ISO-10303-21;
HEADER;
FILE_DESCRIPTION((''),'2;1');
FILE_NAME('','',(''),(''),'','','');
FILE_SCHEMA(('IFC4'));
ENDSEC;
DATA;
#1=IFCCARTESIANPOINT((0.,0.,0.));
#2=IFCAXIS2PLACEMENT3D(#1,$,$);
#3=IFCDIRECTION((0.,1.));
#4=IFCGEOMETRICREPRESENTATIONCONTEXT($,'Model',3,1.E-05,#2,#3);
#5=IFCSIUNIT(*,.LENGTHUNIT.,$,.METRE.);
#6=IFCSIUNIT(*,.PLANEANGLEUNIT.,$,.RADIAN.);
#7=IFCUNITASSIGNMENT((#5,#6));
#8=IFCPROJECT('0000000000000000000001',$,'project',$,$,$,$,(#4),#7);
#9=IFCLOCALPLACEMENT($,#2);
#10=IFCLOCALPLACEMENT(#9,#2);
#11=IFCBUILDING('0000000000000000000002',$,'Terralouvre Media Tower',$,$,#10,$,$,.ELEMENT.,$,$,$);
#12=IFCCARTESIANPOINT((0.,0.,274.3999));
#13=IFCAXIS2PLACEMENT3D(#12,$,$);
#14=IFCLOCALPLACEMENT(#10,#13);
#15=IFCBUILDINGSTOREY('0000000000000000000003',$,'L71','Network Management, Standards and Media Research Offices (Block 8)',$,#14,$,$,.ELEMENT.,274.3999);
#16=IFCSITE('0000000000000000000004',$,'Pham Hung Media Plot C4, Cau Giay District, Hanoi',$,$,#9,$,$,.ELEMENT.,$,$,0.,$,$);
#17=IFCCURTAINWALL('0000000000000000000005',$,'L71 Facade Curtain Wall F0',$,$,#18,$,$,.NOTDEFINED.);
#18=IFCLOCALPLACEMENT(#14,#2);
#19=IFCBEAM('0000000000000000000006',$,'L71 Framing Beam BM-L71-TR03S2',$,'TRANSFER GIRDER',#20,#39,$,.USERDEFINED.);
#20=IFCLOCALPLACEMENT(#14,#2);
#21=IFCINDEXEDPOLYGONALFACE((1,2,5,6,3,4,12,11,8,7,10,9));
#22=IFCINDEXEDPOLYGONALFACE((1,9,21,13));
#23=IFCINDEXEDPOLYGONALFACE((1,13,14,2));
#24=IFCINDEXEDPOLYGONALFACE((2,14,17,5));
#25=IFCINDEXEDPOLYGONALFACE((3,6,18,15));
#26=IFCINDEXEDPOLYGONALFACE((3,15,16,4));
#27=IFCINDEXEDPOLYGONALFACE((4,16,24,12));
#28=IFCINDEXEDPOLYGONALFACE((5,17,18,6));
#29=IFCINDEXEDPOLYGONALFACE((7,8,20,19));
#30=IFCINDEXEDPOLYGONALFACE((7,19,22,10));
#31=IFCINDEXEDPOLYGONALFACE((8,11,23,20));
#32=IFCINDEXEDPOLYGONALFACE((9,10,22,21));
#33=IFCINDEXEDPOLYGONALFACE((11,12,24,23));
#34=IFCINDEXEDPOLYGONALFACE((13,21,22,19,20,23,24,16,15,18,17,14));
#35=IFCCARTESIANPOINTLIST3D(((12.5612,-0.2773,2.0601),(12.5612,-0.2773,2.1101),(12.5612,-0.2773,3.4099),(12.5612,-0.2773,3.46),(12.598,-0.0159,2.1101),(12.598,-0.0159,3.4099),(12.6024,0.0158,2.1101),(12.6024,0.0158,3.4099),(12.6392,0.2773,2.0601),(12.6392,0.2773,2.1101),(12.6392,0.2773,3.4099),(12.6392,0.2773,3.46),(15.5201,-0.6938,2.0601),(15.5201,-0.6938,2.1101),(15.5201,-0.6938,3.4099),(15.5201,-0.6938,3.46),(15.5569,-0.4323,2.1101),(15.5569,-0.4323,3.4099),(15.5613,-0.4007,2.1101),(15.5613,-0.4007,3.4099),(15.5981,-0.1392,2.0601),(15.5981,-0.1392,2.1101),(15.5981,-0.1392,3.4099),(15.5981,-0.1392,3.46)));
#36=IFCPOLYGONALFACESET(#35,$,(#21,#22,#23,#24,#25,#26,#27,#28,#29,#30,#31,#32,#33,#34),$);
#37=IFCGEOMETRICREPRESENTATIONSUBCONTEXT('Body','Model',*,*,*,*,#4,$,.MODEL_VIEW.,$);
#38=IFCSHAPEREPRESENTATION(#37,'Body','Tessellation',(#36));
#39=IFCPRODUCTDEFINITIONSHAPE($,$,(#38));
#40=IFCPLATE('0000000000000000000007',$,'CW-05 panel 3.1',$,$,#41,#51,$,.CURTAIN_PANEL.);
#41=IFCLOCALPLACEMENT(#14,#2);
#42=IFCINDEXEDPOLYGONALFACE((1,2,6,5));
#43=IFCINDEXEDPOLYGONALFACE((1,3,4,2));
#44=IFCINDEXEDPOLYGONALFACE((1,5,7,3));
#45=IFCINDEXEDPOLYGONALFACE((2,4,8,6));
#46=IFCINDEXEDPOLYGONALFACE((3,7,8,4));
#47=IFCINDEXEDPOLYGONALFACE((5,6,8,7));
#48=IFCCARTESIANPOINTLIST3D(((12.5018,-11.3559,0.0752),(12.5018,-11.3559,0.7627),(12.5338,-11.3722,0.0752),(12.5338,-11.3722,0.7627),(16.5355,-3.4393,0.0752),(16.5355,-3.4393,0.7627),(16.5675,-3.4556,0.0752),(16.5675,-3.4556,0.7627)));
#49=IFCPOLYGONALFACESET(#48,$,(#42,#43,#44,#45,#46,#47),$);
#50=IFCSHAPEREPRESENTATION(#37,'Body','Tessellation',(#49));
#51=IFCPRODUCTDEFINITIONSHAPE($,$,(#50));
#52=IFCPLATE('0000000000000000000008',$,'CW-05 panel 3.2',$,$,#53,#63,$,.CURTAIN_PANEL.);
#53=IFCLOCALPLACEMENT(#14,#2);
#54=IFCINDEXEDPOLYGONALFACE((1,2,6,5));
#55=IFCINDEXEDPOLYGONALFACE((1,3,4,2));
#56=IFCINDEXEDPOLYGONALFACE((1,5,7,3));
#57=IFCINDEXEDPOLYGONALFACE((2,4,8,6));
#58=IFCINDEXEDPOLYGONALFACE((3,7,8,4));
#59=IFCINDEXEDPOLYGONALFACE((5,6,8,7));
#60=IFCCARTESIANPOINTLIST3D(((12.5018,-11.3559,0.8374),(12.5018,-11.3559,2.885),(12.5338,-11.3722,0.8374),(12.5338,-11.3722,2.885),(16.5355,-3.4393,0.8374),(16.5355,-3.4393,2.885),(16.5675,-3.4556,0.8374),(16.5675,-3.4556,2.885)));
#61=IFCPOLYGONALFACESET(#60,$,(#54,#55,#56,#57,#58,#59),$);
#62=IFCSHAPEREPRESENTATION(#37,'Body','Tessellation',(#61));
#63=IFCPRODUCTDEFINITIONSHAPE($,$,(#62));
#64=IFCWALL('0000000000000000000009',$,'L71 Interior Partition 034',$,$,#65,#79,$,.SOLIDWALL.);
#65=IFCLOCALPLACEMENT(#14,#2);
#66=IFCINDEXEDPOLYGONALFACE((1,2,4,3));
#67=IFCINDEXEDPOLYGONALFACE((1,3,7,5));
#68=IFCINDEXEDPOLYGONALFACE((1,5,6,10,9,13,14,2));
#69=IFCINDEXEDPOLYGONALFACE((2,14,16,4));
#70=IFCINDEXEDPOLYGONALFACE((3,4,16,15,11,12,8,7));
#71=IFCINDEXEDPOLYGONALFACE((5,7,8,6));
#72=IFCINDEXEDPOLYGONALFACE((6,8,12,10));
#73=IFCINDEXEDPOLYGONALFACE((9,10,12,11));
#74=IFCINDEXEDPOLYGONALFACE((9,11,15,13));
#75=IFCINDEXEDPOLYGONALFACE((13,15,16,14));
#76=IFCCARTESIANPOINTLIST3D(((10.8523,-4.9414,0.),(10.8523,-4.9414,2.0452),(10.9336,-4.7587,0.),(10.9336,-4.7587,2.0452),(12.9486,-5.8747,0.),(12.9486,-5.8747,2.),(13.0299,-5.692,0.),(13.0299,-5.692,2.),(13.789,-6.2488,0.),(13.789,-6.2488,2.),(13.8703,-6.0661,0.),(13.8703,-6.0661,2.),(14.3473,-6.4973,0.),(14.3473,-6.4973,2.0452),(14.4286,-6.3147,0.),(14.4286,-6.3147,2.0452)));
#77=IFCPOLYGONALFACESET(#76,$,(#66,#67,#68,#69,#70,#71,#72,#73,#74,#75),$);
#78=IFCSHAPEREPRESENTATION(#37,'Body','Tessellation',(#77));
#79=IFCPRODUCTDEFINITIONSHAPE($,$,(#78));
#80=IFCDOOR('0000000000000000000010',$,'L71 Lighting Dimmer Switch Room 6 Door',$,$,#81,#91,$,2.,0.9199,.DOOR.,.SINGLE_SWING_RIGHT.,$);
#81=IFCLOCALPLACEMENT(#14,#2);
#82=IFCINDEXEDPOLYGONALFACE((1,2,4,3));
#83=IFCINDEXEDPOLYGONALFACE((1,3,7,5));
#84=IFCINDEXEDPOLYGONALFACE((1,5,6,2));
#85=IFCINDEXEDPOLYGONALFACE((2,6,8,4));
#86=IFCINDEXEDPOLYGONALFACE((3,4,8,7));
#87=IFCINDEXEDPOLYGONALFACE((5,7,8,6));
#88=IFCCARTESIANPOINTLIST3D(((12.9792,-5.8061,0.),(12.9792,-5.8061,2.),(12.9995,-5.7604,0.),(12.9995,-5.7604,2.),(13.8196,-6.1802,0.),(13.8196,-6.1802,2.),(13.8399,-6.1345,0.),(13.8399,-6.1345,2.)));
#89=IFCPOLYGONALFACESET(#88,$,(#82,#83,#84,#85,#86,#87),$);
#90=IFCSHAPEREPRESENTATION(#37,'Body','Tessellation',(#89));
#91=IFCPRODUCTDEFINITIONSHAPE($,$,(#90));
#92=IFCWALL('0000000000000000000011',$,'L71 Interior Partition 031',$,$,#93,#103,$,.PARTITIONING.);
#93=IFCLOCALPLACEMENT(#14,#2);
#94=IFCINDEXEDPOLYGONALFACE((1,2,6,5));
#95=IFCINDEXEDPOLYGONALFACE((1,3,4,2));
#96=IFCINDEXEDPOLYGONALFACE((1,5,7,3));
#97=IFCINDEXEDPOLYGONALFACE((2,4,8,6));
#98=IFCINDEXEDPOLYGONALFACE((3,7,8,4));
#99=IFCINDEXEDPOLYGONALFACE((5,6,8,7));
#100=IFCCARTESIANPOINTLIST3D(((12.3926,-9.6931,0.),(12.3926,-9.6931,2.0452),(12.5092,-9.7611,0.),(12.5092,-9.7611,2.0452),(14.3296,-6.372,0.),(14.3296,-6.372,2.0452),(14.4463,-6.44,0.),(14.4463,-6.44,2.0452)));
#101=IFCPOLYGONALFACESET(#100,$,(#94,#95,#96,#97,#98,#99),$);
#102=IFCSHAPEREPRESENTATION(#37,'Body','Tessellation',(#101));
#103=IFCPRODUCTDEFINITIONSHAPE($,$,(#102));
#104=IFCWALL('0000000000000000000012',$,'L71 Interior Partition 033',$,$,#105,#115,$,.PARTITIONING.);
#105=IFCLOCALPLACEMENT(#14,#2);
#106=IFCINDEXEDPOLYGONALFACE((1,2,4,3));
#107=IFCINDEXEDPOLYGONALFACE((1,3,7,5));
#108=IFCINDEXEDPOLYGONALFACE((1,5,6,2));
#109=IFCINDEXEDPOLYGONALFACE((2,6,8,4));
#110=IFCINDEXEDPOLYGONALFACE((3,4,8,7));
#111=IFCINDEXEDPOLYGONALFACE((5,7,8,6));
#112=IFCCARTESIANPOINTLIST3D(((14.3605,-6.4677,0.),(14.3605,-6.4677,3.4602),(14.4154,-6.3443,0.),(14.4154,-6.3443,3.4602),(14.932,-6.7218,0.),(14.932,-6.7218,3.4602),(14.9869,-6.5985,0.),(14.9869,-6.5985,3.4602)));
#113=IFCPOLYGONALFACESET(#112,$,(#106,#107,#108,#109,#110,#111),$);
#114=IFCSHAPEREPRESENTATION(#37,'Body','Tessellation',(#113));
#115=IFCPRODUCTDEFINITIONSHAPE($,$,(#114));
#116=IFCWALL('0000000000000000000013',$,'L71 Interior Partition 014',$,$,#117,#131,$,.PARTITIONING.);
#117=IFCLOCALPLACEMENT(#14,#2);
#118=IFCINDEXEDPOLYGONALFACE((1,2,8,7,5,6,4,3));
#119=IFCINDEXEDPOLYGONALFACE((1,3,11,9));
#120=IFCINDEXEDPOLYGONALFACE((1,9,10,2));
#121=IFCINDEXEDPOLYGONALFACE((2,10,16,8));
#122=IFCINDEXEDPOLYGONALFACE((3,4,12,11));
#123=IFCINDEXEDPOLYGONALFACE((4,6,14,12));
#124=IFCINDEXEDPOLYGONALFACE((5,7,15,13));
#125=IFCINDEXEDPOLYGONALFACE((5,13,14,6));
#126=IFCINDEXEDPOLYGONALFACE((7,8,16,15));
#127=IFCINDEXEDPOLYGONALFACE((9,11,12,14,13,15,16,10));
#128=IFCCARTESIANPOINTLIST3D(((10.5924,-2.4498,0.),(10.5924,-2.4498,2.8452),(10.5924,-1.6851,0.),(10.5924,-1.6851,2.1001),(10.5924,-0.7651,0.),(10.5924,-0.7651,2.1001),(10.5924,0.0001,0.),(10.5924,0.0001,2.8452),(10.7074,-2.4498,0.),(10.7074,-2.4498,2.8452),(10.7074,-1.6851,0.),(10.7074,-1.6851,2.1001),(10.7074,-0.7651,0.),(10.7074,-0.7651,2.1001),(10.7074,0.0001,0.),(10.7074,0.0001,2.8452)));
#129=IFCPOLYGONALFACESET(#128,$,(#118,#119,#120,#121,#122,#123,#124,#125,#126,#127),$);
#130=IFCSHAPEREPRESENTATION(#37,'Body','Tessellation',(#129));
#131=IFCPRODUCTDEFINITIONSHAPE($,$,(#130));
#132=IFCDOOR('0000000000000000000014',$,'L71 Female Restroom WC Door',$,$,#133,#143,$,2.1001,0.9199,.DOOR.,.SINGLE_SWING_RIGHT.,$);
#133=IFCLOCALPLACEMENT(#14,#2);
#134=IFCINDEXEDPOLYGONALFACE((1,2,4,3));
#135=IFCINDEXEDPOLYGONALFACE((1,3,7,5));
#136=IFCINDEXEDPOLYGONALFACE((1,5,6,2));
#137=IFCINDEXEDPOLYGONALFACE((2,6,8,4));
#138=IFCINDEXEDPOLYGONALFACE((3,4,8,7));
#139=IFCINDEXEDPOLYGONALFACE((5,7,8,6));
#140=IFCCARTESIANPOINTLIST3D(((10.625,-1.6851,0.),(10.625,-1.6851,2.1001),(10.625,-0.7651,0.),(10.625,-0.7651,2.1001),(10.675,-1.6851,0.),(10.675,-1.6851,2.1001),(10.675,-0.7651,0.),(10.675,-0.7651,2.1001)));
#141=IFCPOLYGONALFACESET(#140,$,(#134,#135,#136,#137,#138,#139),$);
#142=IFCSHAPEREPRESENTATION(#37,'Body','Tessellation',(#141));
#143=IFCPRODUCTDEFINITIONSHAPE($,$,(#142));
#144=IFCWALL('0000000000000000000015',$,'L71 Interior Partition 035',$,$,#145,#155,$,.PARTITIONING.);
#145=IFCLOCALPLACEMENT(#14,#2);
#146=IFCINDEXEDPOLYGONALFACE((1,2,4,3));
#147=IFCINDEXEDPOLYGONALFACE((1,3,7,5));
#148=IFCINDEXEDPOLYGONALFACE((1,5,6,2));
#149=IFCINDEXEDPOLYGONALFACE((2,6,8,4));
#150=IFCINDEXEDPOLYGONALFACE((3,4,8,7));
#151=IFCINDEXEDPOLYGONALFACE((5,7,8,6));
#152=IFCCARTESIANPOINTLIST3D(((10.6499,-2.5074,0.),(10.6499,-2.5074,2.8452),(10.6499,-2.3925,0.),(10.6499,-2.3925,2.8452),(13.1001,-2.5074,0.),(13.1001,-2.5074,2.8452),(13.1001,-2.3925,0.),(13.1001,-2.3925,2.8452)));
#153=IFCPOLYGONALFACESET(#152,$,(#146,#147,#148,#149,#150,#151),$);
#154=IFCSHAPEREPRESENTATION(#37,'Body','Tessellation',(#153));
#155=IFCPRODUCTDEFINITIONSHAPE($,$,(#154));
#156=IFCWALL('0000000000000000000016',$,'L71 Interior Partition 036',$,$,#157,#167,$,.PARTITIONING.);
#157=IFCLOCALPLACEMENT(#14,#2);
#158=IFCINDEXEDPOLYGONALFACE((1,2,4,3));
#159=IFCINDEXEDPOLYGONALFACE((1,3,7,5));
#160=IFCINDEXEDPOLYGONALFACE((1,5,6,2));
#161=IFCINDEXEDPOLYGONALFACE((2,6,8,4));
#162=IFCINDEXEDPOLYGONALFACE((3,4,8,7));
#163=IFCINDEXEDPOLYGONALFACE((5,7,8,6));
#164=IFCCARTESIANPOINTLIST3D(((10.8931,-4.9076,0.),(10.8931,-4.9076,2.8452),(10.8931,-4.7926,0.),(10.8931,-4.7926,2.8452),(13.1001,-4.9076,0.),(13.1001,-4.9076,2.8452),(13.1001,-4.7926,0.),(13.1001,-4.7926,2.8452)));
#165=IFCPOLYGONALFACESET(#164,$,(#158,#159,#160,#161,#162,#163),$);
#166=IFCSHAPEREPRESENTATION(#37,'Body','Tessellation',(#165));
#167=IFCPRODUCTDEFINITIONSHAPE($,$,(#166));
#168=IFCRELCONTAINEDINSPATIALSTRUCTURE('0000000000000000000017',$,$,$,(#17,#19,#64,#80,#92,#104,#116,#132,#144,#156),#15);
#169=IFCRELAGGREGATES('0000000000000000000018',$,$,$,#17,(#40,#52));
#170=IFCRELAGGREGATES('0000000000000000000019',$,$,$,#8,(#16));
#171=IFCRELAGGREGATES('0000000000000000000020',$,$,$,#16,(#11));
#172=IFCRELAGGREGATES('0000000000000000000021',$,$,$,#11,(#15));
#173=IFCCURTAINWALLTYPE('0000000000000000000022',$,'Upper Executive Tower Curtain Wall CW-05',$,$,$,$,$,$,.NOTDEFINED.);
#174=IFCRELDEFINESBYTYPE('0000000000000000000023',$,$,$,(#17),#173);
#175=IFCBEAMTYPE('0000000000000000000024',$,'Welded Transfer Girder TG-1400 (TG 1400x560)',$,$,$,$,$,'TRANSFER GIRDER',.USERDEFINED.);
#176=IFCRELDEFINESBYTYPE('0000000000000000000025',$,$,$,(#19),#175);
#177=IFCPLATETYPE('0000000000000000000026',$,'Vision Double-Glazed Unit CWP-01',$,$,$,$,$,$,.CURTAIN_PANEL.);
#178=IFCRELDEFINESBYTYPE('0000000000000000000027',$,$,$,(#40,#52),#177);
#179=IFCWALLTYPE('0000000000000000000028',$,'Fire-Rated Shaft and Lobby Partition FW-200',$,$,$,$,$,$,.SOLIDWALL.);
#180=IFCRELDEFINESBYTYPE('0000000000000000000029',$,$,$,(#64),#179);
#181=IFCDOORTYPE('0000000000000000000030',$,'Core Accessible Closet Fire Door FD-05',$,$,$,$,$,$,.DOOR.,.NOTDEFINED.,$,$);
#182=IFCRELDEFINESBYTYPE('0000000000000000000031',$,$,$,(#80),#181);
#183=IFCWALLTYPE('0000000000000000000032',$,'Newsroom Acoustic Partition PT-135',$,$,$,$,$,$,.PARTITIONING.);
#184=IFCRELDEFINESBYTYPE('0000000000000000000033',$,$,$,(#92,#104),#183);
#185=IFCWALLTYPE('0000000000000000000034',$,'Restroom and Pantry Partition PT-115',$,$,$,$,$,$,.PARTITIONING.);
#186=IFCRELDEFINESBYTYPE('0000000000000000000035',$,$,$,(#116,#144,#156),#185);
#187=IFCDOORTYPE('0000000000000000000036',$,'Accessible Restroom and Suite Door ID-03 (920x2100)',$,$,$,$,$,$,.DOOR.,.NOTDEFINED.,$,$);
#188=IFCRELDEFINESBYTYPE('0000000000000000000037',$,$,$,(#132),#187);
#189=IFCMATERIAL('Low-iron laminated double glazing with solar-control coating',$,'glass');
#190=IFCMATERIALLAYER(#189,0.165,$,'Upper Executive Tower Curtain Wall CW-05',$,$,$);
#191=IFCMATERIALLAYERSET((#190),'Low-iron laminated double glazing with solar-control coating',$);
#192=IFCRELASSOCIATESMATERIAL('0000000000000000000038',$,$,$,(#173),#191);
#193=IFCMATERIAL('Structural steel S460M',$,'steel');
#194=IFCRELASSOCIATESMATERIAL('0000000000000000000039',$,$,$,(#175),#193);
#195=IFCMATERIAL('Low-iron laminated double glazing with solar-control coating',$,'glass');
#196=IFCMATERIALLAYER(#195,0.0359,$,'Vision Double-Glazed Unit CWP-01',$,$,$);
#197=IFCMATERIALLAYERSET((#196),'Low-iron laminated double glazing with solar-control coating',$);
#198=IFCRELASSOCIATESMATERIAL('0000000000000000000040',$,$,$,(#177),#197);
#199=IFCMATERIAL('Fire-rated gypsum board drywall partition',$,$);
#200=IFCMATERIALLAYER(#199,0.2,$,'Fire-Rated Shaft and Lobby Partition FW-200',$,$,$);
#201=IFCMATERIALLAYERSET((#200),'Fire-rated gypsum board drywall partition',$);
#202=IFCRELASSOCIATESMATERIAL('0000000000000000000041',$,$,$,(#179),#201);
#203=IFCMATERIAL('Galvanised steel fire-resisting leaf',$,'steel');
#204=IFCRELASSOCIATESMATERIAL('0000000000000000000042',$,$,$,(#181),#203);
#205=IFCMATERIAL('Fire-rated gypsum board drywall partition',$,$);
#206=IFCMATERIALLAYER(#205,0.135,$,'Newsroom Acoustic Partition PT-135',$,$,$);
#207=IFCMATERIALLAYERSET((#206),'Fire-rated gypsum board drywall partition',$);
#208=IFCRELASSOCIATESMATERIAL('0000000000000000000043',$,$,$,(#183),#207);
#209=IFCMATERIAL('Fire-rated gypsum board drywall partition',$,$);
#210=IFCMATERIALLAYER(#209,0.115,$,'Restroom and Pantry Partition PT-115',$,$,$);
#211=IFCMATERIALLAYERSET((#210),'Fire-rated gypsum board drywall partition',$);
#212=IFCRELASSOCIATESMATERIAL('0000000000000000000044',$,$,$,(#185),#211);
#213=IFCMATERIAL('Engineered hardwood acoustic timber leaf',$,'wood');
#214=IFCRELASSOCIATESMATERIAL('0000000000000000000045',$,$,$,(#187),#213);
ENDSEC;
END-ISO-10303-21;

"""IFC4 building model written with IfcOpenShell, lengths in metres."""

from ifc_helpers import new_model, si_unit, direction, frame, frame_2d, origin, origin_2d, place, context, subcontext, project, spatial, rectangle, i_section, extrude, material, layer, layer_set, material_profile, profile_set, type_object, element, fill, aggregate, save


model = new_model("IFC4")

# Units and contexts
model_context = context("Model", 3, precision=1e-05, world=origin(), true_north=direction((0.0, 1.0)))
body_context = subcontext(model_context, "Body", "Model", "MODEL_VIEW")
ifc_project = project(units=[si_unit("LENGTHUNIT", "METRE"), si_unit("PLANEANGLEUNIT", "RADIAN")], contexts=[model_context])

# Site, building, storey
site_placement = place(None, origin())
site = spatial("IfcSite", under=ifc_project, at=site_placement, Name="Pham Hung Media Plot C4, Cau Giay District, Hanoi", CompositionType="ELEMENT", RefElevation=0.0)
building_placement = place(site_placement, origin())
building = spatial("IfcBuilding", under=site, at=building_placement, Name="Terralouvre Media Tower", CompositionType="ELEMENT")
storey_placement = place(building_placement, frame((0.0, 0.0, 274.3999)))
storey = spatial("IfcBuildingStorey", under=building, at=storey_placement, Name="L71", Description="Network Management, Standards and Media Research Offices (Block 8)", CompositionType="ELEMENT", Elevation=274.3999)

# Curtain wall
ifc_material_1 = material(Name="Low-iron laminated double glazing with solar-control coating", Category="glass")
ifc_layer_1 = layer(ifc_material_1, 0.165, Name="Upper Executive Tower Curtain Wall CW-05")
ifc_layer_set_1 = layer_set([ifc_layer_1], Name="Low-iron laminated double glazing with solar-control coating")
curtain_wall_type = type_object("IfcCurtainWallType", Name="Upper Executive Tower Curtain Wall CW-05", PredefinedType="NOTDEFINED", material=ifc_layer_set_1)
curtain_wall_placement = place(storey_placement, origin())
curtain_wall = element("IfcCurtainWall", 1, at=curtain_wall_placement, inside=storey, type_object=curtain_wall_type, Name="L71 Facade Curtain Wall F0", PredefinedType="NOTDEFINED")

# Beam
ifc_material_2 = material(Name="Structural steel S460M", Category="steel")
ifc_material_profile_1 = material_profile(ifc_material_2, i_section(OverallWidth=0.5601, OverallDepth=1.3999, WebThickness=0.032, FlangeThickness=0.05, at=origin_2d()), Name="TG 1400x560")
ifc_profile_set_1 = profile_set([ifc_material_profile_1], Name="Structural steel S460M")
beam_type_1 = type_object("IfcBeamType", Name="Welded Transfer Girder TG-1400 (TG 1400x560)", ElementType="TRANSFER GIRDER", PredefinedType="USERDEFINED", material=ifc_profile_set_1)
beam_1_placement = place(storey_placement, frame((15.5591, -0.4165, 2.76), z_axis=(-0.990238, 0.139385, 0.0), x_axis=(-0.139385, -0.990238, 0.0)))
element("IfcBeam", 2, at=beam_1_placement, inside=storey, type_object=beam_type_1, Name="L71 Framing Beam BM-L71-TR03S2", ObjectType="TRANSFER GIRDER", PredefinedType="USERDEFINED", context=body_context, shape_type="SweptSolid", body=[
    extrude(i_section(OverallWidth=0.5601, OverallDepth=1.3999, WebThickness=0.032, FlangeThickness=0.05, at=origin_2d()), origin(), (0.0, 0.0, 1.0), 2.988),
])

# Plates
ifc_material_3 = material(Name="Low-iron laminated double glazing with solar-control coating", Category="glass")
ifc_layer_2 = layer(ifc_material_3, 0.0359, Name="Vision Double-Glazed Unit CWP-01")
ifc_layer_set_2 = layer_set([ifc_layer_2], Name="Low-iron laminated double glazing with solar-control coating")
plate_type = type_object("IfcPlateType", Name="Vision Double-Glazed Unit CWP-01", PredefinedType="CURTAIN_PANEL", material=ifc_layer_set_2)
plate_1_placement = place(storey_placement, frame((14.5347, -7.4058, 0.0752), z_axis=(0.0, 0.0, 1.0), x_axis=(0.45399, 0.891007, 0.0)))
plate_1 = element("IfcPlate", 3, at=plate_1_placement, type_object=plate_type, Name="CW-05 panel 3.1", PredefinedType="CURTAIN_PANEL", context=body_context, shape_type="SweptSolid", body=[
    extrude(rectangle(XDim=8.885, YDim=0.0359, at=origin_2d()), origin(), (0.0, 0.0, 1.0), 0.6875),
])
plate_2_placement = place(storey_placement, frame((14.5347, -7.4058, 0.8374), z_axis=(0.0, 0.0, 1.0), x_axis=(0.45399, 0.891007, 0.0)))
plate_2 = element("IfcPlate", 4, at=plate_2_placement, type_object=plate_type, Name="CW-05 panel 3.2", PredefinedType="CURTAIN_PANEL", context=body_context, shape_type="SweptSolid", body=[
    extrude(rectangle(XDim=8.885, YDim=0.0359, at=origin_2d()), origin(), (0.0, 0.0, 1.0), 2.0476),
])
aggregate(curtain_wall, [plate_1, plate_2])

# Wall, opening, door
ifc_material_4 = material(Name="Fire-rated gypsum board drywall partition")
ifc_layer_3 = layer(ifc_material_4, 0.2, Name="Fire-Rated Shaft and Lobby Partition FW-200")
ifc_layer_set_3 = layer_set([ifc_layer_3], Name="Fire-rated gypsum board drywall partition")
wall_type_1 = type_object("IfcWallType", Name="Fire-Rated Shaft and Lobby Partition FW-200", PredefinedType="SOLIDWALL", material=ifc_layer_set_3)
wall_1_placement = place(storey_placement, frame((14.3879, -6.406, 0.0), z_axis=(0.0, 0.0, 1.0), x_axis=(-0.913556, 0.406713, 0.0)))
wall_1 = element("IfcWall", 5, at=wall_1_placement, inside=storey, type_object=wall_type_1, Name="L71 Interior Partition 034", PredefinedType="SOLIDWALL", context=body_context, shape_type="SweptSolid", body=[
    extrude(rectangle(XDim=3.8257, YDim=0.2, at=frame_2d((1.9128, 0.0))), origin(), (0.0, 0.0, 1.0), 2.0452),
])
opening_1_placement = place(wall_1_placement, frame((0.6111, 0.0, 0.0)))
opening_1 = element("IfcOpeningElement", 6, at=opening_1_placement, cuts=wall_1, PredefinedType="OPENING", context=body_context, shape_type="SweptSolid", body=[
    extrude(rectangle(XDim=0.9199, YDim=2.0, at=frame_2d((0.46, 1.0))), frame((0.0, 0.1099, 0.0), z_axis=(0.0, -1.0, 0.0), x_axis=(1.0, 0.0, 0.0)), (0.0, 0.0, 1.0), 0.22),
])
ifc_material_5 = material(Name="Galvanised steel fire-resisting leaf", Category="steel")
door_type_1 = type_object("IfcDoorType", Name="Core Accessible Closet Fire Door FD-05", OperationType="NOTDEFINED", PredefinedType="DOOR", material=ifc_material_5)
door_1_placement = place(opening_1_placement, origin())
door_1 = element("IfcDoor", 7, at=door_1_placement, inside=storey, type_object=door_type_1, Name="L71 Lighting Dimmer Switch Room 6 Door", OperationType="SINGLE_SWING_RIGHT", OverallHeight=2.0, OverallWidth=0.9199, PredefinedType="DOOR", context=body_context, shape_type="SweptSolid", body=[
    extrude(rectangle(XDim=0.9199, YDim=2.0, at=frame_2d((0.46, 1.0))), frame((0.0, 0.0249, 0.0), z_axis=(0.0, -1.0, 0.0), x_axis=(1.0, 0.0, 0.0)), (0.0, 0.0, 1.0), 0.05),
])
fill(opening_1, door_1)

# Walls
ifc_material_6 = material(Name="Fire-rated gypsum board drywall partition")
ifc_layer_4 = layer(ifc_material_6, 0.135, Name="Newsroom Acoustic Partition PT-135")
ifc_layer_set_4 = layer_set([ifc_layer_4], Name="Fire-rated gypsum board drywall partition")
wall_type_2 = type_object("IfcWallType", Name="Newsroom Acoustic Partition PT-135", PredefinedType="PARTITIONING", material=ifc_layer_set_4)
wall_2_placement = place(storey_placement, frame((14.3879, -6.406, 0.0), z_axis=(0.0, 0.0, 1.0), x_axis=(-0.50382, -0.863809, 0.0)))
element("IfcWall", 8, at=wall_2_placement, inside=storey, type_object=wall_type_2, Name="L71 Interior Partition 031", PredefinedType="PARTITIONING", context=body_context, shape_type="SweptSolid", body=[
    extrude(rectangle(XDim=3.8447, YDim=0.135, at=frame_2d((1.9224, 0.0))), origin(), (0.0, 0.0, 1.0), 2.0452),
])
wall_3_placement = place(storey_placement, frame((14.9595, -6.6602, 0.0), z_axis=(0.0, 0.0, 1.0), x_axis=(-0.913731, 0.40632, 0.0)))
element("IfcWall", 9, at=wall_3_placement, inside=storey, type_object=wall_type_2, Name="L71 Interior Partition 033", PredefinedType="PARTITIONING", context=body_context, shape_type="SweptSolid", body=[
    extrude(rectangle(XDim=0.6255, YDim=0.135, at=frame_2d((0.3127, 0.0))), origin(), (0.0, 0.0, 1.0), 3.4602),
])

# Wall, opening, door
ifc_material_7 = material(Name="Fire-rated gypsum board drywall partition")
ifc_layer_5 = layer(ifc_material_7, 0.115, Name="Restroom and Pantry Partition PT-115")
ifc_layer_set_5 = layer_set([ifc_layer_5], Name="Fire-rated gypsum board drywall partition")
wall_type_3 = type_object("IfcWallType", Name="Restroom and Pantry Partition PT-115", PredefinedType="PARTITIONING", material=ifc_layer_set_5)
wall_4_placement = place(storey_placement, frame((10.6499, -2.45, 0.0), z_axis=(0.0, 0.0, 1.0), x_axis=(0.0, 1.0, 0.0)))
wall_4 = element("IfcWall", 10, at=wall_4_placement, inside=storey, type_object=wall_type_3, Name="L71 Interior Partition 014", PredefinedType="PARTITIONING", context=body_context, shape_type="SweptSolid", body=[
    extrude(rectangle(XDim=2.45, YDim=0.115, at=frame_2d((1.2251, 0.0))), origin(), (0.0, 0.0, 1.0), 2.8452),
])
opening_2_placement = place(wall_4_placement, frame((0.7649, 0.0, 0.0)))
opening_2 = element("IfcOpeningElement", 11, at=opening_2_placement, cuts=wall_4, PredefinedType="OPENING", context=body_context, shape_type="SweptSolid", body=[
    extrude(rectangle(XDim=0.9199, YDim=2.1001, at=frame_2d((0.46, 1.05))), frame((0.0, 0.0674, 0.0), z_axis=(0.0, -1.0, 0.0), x_axis=(1.0, 0.0, 0.0)), (0.0, 0.0, 1.0), 0.135),
])
ifc_material_8 = material(Name="Engineered hardwood acoustic timber leaf", Category="wood")
door_type_2 = type_object("IfcDoorType", Name="Accessible Restroom and Suite Door ID-03 (920x2100)", OperationType="NOTDEFINED", PredefinedType="DOOR", material=ifc_material_8)
door_2_placement = place(opening_2_placement, origin())
door_2 = element("IfcDoor", 12, at=door_2_placement, inside=storey, type_object=door_type_2, Name="L71 Female Restroom WC Door", OperationType="SINGLE_SWING_RIGHT", OverallHeight=2.1001, OverallWidth=0.9199, PredefinedType="DOOR", context=body_context, shape_type="SweptSolid", body=[
    extrude(rectangle(XDim=0.9199, YDim=2.1001, at=frame_2d((0.46, 1.05))), frame((0.0, 0.0249, 0.0), z_axis=(0.0, -1.0, 0.0), x_axis=(1.0, 0.0, 0.0)), (0.0, 0.0, 1.0), 0.05),
])
fill(opening_2, door_2)

# Walls
wall_5_placement = place(storey_placement, frame((13.1001, -2.45, 0.0), z_axis=(0.0, 0.0, 1.0), x_axis=(-1.0, 0.0, 0.0)))
element("IfcWall", 13, at=wall_5_placement, inside=storey, type_object=wall_type_3, Name="L71 Interior Partition 035", PredefinedType="PARTITIONING", context=body_context, shape_type="SweptSolid", body=[
    extrude(rectangle(XDim=2.4502, YDim=0.115, at=frame_2d((1.2251, 0.0))), origin(), (0.0, 0.0, 1.0), 2.8452),
])
wall_6_placement = place(storey_placement, frame((10.8931, -4.8501, 0.0), z_axis=(0.0, 0.0, 1.0), x_axis=(1.0, 0.0, 0.0)))
element("IfcWall", 14, at=wall_6_placement, inside=storey, type_object=wall_type_3, Name="L71 Interior Partition 036", PredefinedType="PARTITIONING", context=body_context, shape_type="SweptSolid", body=[
    extrude(rectangle(XDim=2.207, YDim=0.115, at=frame_2d((1.1035, 0.0))), origin(), (0.0, 0.0, 1.0), 2.8452),
])

save(model, "model.ifc")
